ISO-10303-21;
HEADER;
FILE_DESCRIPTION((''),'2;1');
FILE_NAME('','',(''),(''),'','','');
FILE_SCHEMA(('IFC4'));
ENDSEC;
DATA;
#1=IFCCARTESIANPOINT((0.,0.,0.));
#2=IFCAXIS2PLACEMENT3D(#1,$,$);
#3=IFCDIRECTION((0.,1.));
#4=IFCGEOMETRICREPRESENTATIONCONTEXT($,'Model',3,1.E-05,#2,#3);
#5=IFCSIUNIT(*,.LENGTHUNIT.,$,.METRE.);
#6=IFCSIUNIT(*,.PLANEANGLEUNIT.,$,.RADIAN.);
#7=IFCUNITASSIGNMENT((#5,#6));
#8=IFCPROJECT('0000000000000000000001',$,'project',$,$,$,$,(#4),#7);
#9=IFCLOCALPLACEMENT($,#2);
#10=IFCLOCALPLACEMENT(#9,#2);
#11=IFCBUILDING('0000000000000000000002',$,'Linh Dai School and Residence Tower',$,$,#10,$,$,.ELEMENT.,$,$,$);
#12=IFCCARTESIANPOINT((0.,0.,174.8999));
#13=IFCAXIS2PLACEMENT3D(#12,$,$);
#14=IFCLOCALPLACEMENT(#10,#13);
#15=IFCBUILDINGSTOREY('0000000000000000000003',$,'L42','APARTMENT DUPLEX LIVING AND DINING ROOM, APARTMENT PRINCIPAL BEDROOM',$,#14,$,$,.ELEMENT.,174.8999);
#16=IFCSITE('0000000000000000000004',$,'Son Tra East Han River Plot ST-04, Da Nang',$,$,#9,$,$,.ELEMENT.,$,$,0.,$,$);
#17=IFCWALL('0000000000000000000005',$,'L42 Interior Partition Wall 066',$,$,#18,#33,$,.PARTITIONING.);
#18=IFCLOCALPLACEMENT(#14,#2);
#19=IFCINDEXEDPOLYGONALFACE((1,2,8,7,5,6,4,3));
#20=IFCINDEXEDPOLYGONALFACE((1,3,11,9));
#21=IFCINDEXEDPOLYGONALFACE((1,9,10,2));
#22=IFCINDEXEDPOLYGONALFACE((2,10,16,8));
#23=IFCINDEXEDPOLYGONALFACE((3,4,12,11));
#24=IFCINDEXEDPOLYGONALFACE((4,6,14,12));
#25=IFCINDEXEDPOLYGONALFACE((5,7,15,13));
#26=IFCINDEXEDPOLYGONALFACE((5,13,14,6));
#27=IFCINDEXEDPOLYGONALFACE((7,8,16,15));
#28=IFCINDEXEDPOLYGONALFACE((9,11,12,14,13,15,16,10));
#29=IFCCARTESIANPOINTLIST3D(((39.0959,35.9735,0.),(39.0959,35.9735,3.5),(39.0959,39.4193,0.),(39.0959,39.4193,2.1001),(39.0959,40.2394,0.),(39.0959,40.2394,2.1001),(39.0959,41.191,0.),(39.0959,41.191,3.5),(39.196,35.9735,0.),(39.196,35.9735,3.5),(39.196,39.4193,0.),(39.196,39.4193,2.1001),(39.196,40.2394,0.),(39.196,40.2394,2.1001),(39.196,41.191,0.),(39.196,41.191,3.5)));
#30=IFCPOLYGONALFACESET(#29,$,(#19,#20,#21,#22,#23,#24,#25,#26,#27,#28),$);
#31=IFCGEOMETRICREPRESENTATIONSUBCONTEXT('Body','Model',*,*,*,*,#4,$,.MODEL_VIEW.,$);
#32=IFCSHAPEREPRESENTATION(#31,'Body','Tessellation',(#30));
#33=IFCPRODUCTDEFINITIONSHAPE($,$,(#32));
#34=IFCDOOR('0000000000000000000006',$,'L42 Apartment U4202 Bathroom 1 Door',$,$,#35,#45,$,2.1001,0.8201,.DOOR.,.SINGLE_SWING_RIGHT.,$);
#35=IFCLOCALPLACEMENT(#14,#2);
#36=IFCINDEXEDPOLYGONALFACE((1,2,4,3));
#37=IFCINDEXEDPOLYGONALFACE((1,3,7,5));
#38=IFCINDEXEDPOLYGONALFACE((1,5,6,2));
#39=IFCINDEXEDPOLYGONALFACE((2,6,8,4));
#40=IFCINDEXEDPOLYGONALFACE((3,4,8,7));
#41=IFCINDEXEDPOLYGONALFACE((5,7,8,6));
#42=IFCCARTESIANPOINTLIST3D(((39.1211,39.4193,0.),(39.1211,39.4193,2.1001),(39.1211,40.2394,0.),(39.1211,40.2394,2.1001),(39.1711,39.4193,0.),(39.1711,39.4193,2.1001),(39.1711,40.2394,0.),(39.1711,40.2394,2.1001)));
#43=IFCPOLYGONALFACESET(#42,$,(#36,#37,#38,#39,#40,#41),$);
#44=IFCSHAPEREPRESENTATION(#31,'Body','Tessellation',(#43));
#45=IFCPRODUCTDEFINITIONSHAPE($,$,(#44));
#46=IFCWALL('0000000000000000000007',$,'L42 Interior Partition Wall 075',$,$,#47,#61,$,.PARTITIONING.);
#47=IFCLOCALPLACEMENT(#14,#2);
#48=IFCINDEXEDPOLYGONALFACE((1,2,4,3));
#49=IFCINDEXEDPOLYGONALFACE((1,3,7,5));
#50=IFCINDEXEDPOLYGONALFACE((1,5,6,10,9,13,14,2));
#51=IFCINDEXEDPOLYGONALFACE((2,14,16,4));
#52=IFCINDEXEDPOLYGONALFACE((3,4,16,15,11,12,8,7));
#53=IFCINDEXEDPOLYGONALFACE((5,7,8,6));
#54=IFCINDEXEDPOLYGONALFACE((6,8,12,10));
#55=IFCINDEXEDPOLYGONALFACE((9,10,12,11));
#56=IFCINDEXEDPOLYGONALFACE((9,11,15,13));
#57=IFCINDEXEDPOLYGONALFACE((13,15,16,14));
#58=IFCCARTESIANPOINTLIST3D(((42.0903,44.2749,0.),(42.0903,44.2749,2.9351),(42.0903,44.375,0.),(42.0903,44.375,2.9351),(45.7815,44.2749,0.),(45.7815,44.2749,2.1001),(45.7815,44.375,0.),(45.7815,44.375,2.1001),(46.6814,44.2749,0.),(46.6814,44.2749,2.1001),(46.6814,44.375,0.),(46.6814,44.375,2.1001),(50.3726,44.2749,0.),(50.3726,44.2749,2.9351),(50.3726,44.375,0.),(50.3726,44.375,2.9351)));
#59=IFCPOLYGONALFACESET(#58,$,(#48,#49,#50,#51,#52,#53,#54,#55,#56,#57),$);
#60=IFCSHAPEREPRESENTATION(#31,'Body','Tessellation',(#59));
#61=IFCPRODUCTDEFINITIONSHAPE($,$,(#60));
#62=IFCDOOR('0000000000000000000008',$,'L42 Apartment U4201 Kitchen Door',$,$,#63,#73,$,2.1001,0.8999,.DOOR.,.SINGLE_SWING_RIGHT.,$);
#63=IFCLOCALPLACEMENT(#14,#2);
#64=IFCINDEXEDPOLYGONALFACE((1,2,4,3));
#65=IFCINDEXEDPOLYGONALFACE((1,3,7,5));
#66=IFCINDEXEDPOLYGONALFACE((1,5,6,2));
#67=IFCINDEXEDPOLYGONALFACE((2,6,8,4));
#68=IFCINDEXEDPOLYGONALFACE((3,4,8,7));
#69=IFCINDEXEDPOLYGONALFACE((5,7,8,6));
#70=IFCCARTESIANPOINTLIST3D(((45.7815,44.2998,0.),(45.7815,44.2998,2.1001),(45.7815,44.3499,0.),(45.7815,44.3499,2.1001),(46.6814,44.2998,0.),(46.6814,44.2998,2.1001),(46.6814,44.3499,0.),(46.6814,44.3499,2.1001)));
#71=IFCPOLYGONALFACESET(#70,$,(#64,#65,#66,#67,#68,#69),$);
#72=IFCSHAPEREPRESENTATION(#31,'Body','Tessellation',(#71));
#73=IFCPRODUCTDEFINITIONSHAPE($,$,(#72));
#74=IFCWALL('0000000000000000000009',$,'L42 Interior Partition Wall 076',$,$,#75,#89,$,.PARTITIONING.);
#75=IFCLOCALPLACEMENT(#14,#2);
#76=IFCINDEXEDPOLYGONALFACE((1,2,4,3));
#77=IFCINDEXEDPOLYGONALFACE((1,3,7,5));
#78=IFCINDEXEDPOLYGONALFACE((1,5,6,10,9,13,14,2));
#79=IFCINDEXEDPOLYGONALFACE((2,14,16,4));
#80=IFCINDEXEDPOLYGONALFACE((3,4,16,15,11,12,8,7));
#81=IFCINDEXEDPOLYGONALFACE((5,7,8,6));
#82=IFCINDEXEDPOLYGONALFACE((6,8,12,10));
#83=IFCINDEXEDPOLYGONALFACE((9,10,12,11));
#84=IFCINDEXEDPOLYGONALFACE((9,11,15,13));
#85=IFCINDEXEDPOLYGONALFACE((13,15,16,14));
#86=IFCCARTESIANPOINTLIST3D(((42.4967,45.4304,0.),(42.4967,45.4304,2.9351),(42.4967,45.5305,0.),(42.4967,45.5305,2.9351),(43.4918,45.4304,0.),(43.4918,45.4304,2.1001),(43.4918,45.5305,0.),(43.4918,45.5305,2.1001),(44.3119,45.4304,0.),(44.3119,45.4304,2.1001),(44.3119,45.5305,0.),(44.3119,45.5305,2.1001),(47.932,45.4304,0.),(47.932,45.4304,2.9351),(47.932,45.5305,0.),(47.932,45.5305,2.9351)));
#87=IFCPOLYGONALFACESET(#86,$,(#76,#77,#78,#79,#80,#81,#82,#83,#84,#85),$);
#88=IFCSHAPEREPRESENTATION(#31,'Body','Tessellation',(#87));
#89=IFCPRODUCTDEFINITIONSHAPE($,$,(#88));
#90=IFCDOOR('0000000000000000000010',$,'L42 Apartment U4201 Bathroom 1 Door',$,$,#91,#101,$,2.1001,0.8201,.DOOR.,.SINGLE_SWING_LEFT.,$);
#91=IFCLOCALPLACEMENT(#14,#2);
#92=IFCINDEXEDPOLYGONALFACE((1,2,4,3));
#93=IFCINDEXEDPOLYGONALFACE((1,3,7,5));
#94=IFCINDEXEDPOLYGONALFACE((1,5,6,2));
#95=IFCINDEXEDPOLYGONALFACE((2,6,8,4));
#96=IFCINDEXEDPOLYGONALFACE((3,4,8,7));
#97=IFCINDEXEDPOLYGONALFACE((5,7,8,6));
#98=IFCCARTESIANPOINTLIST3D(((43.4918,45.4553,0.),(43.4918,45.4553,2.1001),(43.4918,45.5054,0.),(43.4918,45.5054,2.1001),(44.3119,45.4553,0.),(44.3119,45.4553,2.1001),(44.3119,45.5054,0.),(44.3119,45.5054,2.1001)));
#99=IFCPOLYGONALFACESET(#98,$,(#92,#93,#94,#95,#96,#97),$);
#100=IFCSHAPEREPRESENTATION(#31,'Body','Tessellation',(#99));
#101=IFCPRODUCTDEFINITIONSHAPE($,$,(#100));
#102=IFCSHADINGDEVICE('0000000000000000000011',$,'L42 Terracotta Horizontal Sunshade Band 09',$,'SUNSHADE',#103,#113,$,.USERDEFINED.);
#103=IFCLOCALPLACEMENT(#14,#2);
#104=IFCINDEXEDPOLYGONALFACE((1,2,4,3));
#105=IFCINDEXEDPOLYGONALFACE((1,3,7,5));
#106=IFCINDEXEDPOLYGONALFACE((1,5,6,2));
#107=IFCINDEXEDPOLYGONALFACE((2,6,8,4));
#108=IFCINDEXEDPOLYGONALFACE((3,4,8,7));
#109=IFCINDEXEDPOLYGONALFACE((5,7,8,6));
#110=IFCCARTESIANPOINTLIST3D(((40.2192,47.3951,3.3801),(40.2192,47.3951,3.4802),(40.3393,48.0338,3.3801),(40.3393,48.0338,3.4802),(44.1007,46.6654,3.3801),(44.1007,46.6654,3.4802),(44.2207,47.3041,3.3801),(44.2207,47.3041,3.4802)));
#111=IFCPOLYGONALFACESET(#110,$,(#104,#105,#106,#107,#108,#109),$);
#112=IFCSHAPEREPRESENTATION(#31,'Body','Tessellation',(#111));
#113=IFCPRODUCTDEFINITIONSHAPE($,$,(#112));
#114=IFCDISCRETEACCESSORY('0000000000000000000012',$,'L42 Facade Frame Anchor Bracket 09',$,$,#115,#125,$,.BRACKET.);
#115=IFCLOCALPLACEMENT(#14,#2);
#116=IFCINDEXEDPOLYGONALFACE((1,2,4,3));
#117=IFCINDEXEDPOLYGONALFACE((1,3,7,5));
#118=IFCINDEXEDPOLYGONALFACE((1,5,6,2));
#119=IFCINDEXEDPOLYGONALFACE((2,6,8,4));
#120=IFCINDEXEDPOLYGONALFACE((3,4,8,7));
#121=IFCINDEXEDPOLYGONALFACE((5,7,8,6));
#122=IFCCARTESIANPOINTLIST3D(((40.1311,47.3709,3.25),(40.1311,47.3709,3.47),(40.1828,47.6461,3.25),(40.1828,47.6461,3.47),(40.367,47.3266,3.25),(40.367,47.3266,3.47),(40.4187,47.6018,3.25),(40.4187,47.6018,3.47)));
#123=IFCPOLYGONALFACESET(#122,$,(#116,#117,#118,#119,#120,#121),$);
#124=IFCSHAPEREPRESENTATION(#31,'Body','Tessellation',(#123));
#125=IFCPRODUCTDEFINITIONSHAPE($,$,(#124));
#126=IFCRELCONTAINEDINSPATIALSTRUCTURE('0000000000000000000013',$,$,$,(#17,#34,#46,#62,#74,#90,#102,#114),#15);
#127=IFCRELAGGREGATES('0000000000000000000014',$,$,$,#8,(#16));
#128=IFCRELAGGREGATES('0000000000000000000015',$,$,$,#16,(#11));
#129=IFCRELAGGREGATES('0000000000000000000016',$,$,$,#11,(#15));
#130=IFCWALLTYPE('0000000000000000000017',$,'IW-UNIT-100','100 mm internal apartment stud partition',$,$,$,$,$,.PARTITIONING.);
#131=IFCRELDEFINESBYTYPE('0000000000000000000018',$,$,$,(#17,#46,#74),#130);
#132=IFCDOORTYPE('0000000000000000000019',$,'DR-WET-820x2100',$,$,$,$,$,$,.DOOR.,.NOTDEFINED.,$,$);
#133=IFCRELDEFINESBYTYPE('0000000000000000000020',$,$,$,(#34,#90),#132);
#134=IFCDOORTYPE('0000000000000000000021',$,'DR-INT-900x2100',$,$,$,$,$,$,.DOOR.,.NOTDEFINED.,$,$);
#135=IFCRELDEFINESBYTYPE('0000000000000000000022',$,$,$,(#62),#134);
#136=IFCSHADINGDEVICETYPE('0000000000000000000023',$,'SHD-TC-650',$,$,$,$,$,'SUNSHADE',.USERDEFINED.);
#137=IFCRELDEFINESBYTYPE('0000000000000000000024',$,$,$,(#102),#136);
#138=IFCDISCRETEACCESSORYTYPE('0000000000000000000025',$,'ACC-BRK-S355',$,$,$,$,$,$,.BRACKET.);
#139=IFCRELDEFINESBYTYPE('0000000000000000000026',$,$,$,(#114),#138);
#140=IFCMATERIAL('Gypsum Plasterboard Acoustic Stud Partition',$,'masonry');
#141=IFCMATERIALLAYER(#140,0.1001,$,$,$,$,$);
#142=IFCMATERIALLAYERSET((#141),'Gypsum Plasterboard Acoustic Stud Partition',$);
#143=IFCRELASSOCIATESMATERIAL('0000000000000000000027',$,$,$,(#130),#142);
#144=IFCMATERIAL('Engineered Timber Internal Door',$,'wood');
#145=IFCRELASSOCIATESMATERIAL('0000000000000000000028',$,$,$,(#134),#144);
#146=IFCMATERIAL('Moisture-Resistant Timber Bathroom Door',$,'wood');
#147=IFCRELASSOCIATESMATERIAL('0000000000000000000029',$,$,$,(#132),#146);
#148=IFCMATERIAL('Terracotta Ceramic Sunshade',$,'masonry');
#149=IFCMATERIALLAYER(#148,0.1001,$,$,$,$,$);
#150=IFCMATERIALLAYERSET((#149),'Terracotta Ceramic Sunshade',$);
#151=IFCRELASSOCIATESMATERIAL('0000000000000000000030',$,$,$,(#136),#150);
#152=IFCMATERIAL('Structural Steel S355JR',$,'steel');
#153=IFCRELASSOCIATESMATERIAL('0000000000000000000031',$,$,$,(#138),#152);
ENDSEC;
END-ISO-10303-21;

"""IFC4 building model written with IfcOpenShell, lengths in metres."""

from ifc_helpers import new_model, si_unit, direction, frame, frame_2d, origin, origin_2d, place, context, subcontext, project, spatial, rectangle, extrude, source, transform, mapped, material, layer, layer_set, type_object, element, fill, save


model = new_model("IFC4")

# Units and contexts
model_context = context("Model", 3, precision=1e-05, world=origin(), true_north=direction((0.0, 1.0)))
body_context = subcontext(model_context, "Body", "Model", "MODEL_VIEW")
ifc_project = project(units=[si_unit("LENGTHUNIT", "METRE"), si_unit("PLANEANGLEUNIT", "RADIAN")], contexts=[model_context])

# Site, building, storey
site_placement = place(None, origin())
site = spatial("IfcSite", under=ifc_project, at=site_placement, Name="Son Tra East Han River Plot ST-04, Da Nang", CompositionType="ELEMENT", RefElevation=0.0)
building_placement = place(site_placement, origin())
building = spatial("IfcBuilding", under=site, at=building_placement, Name="Linh Dai School and Residence Tower", CompositionType="ELEMENT")
storey_placement = place(building_placement, frame((0.0, 0.0, 174.8999)))
storey = spatial("IfcBuildingStorey", under=building, at=storey_placement, Name="L42", Description="APARTMENT DUPLEX LIVING AND DINING ROOM, APARTMENT PRINCIPAL BEDROOM", CompositionType="ELEMENT", Elevation=174.8999)

# Shared definitions
ifc_material_1 = material(Name="Structural Steel S355JR", Category="steel")

# Shared definitions
ifc_material_2 = material(Name="Gypsum Plasterboard Acoustic Stud Partition", Category="masonry")
ifc_layer_1 = layer(ifc_material_2, 0.1001)
ifc_layer_set_1 = layer_set([ifc_layer_1], Name="Gypsum Plasterboard Acoustic Stud Partition")
wall_type_1 = type_object("IfcWallType", Name="IW-UNIT-100", Description="100 mm internal apartment stud partition", PredefinedType="PARTITIONING", material=ifc_layer_set_1)
ifc_material_3 = material(Name="Engineered Timber Internal Door", Category="wood")
door_type_1 = type_object("IfcDoorType", Name="DR-INT-900x2100", OperationType="NOTDEFINED", PredefinedType="DOOR", material=ifc_material_3)
shared_shape_1 = source(origin(), body_context, "Body", "SweptSolid", [
    extrude(rectangle(XDim=0.8999, YDim=2.1001, at=origin_2d()), frame((0.45, 0.0249, 1.05), z_axis=(0.0, -1.0, 0.0), x_axis=(1.0, 0.0, 0.0)), (0.0, 0.0, 1.0), 0.05),
])

# Walls, openings, doors
wall_1_placement = place(storey_placement, frame((39.146, 35.9734, 0.0), z_axis=(0.0, 0.0, 1.0), x_axis=(0.0, 1.0, 0.0)))
wall_1 = element("IfcWall", 1, at=wall_1_placement, inside=storey, type_object=wall_type_1, Name="L42 Interior Partition Wall 066", PredefinedType="PARTITIONING", context=body_context, shape_type="SweptSolid", body=[
    extrude(rectangle(XDim=5.2175, YDim=0.1001, at=frame_2d((2.6089, 0.0))), origin(), (0.0, 0.0, 1.0), 3.5),
])
opening_1_placement = place(wall_1_placement, frame((3.4458, 0.0, 0.0)))
opening_1 = element("IfcOpeningElement", 2, at=opening_1_placement, cuts=wall_1, PredefinedType="OPENING", context=body_context, shape_type="SweptSolid", body=[
    extrude(rectangle(XDim=0.8201, YDim=2.1001, at=origin_2d()), frame((0.4102, 0.0601, 1.05), z_axis=(0.0, -1.0, 0.0), x_axis=(1.0, 0.0, 0.0)), (0.0, 0.0, 1.0), 0.1201),
])
ifc_material_4 = material(Name="Moisture-Resistant Timber Bathroom Door", Category="wood")
door_type_2 = type_object("IfcDoorType", Name="DR-WET-820x2100", OperationType="NOTDEFINED", PredefinedType="DOOR", material=ifc_material_4)
shared_shape_2 = source(origin(), body_context, "Body", "SweptSolid", [
    extrude(rectangle(XDim=0.8201, YDim=2.1001, at=origin_2d()), frame((0.4102, 0.0249, 1.05), z_axis=(0.0, -1.0, 0.0), x_axis=(1.0, 0.0, 0.0)), (0.0, 0.0, 1.0), 0.05),
])
door_1_placement = place(opening_1_placement, origin())
door_1 = element("IfcDoor", 3, at=door_1_placement, inside=storey, type_object=door_type_2, Name="L42 Apartment U4202 Bathroom 1 Door", OperationType="SINGLE_SWING_RIGHT", OverallHeight=2.1001, OverallWidth=0.8201, PredefinedType="DOOR", context=body_context, shape_type="MappedRepresentation", body=[
    mapped(shared_shape_2, transform((0.0, 0.0, 0.0), x_axis=(1.0, 0.0, 0.0), y_axis=(0.0, 1.0, 0.0), z_axis=(0.0, 0.0, 1.0), scale=1.0)),
])
fill(opening_1, door_1)
wall_2_placement = place(storey_placement, frame((42.0903, 44.325, 0.0), z_axis=(0.0, 0.0, 1.0), x_axis=(1.0, 0.0, 0.0)))
wall_2 = element("IfcWall", 4, at=wall_2_placement, inside=storey, type_object=wall_type_1, Name="L42 Interior Partition Wall 075", PredefinedType="PARTITIONING", context=body_context, shape_type="SweptSolid", body=[
    extrude(rectangle(XDim=8.2822, YDim=0.1001, at=frame_2d((4.1411, 0.0))), origin(), (0.0, 0.0, 1.0), 2.9351),
])
opening_2_placement = place(wall_2_placement, frame((3.6912, 0.0, 0.0)))
opening_2 = element("IfcOpeningElement", 5, at=opening_2_placement, cuts=wall_2, PredefinedType="OPENING", context=body_context, shape_type="SweptSolid", body=[
    extrude(rectangle(XDim=0.8999, YDim=2.1001, at=origin_2d()), frame((0.45, 0.0601, 1.05), z_axis=(0.0, -1.0, 0.0), x_axis=(1.0, 0.0, 0.0)), (0.0, 0.0, 1.0), 0.1201),
])
door_2_placement = place(opening_2_placement, origin())
door_2 = element("IfcDoor", 6, at=door_2_placement, inside=storey, type_object=door_type_1, Name="L42 Apartment U4201 Kitchen Door", OperationType="SINGLE_SWING_RIGHT", OverallHeight=2.1001, OverallWidth=0.8999, PredefinedType="DOOR", context=body_context, shape_type="MappedRepresentation", body=[
    mapped(shared_shape_1, transform((0.0, 0.0, 0.0), x_axis=(1.0, 0.0, 0.0), y_axis=(0.0, 1.0, 0.0), z_axis=(0.0, 0.0, 1.0), scale=1.0)),
])
fill(opening_2, door_2)
wall_3_placement = place(storey_placement, frame((42.4966, 45.4805, 0.0), z_axis=(0.0, 0.0, 1.0), x_axis=(1.0, 0.0, 0.0)))
wall_3 = element("IfcWall", 7, at=wall_3_placement, inside=storey, type_object=wall_type_1, Name="L42 Interior Partition Wall 076", PredefinedType="PARTITIONING", context=body_context, shape_type="SweptSolid", body=[
    extrude(rectangle(XDim=5.4353, YDim=0.1001, at=frame_2d((2.7178, 0.0))), origin(), (0.0, 0.0, 1.0), 2.9351),
])
opening_3_placement = place(wall_3_placement, frame((0.9951, 0.0, 0.0)))
opening_3 = element("IfcOpeningElement", 8, at=opening_3_placement, cuts=wall_3, PredefinedType="OPENING", context=body_context, shape_type="SweptSolid", body=[
    extrude(rectangle(XDim=0.8201, YDim=2.1001, at=origin_2d()), frame((0.4102, 0.0601, 1.05), z_axis=(0.0, -1.0, 0.0), x_axis=(1.0, 0.0, 0.0)), (0.0, 0.0, 1.0), 0.1201),
])
door_3_placement = place(opening_3_placement, origin())
door_3 = element("IfcDoor", 9, at=door_3_placement, inside=storey, type_object=door_type_2, Name="L42 Apartment U4201 Bathroom 1 Door", OperationType="SINGLE_SWING_LEFT", OverallHeight=2.1001, OverallWidth=0.8201, PredefinedType="DOOR", context=body_context, shape_type="MappedRepresentation", body=[
    mapped(shared_shape_2, transform((0.0, 0.0, 0.0), x_axis=(1.0, 0.0, 0.0), y_axis=(0.0, 1.0, 0.0), z_axis=(0.0, 0.0, 1.0), scale=1.0)),
])
fill(opening_3, door_3)

# Shading device
ifc_material_5 = material(Name="Terracotta Ceramic Sunshade", Category="masonry")
ifc_layer_2 = layer(ifc_material_5, 0.1001)
ifc_layer_set_2 = layer_set([ifc_layer_2], Name="Terracotta Ceramic Sunshade")
shading_device_type = type_object("IfcShadingDeviceType", Name="SHD-TC-650", ElementType="SUNSHADE", PredefinedType="USERDEFINED", material=ifc_layer_set_2)
shared_shape_3 = source(origin(), body_context, "Body", "SweptSolid", [
    extrude(rectangle(XDim=3.9495, YDim=0.6499, at=origin_2d()), origin(), (0.0, 0.0, 1.0), 0.1001),
])
shading_device_placement = place(storey_placement, frame((42.22, 47.3496, 3.3801), z_axis=(0.0, 0.0, 1.0), x_axis=(0.982783, -0.184763, 0.0)))
element("IfcShadingDevice", 10, at=shading_device_placement, inside=storey, type_object=shading_device_type, Name="L42 Terracotta Horizontal Sunshade Band 09", ObjectType="SUNSHADE", PredefinedType="USERDEFINED", context=body_context, shape_type="MappedRepresentation", body=[
    mapped(shared_shape_3, transform((0.0, 0.0, 0.0), x_axis=(1.0, 0.0, 0.0), y_axis=(0.0, 1.0, 0.0), z_axis=(0.0, 0.0, 1.0), scale=1.0)),
])

# Discrete accessory
discrete_accessory_type = type_object("IfcDiscreteAccessoryType", Name="ACC-BRK-S355", PredefinedType="BRACKET", material=ifc_material_1)
shared_shape_4 = source(origin(), body_context, "Body", "SweptSolid", [
    extrude(rectangle(XDim=0.28, YDim=0.24, at=origin_2d()), origin(), (0.0, 0.0, 1.0), 0.22),
])
discrete_accessory_placement = place(storey_placement, frame((40.2749, 47.4863, 3.25), z_axis=(0.0, 0.0, 1.0), x_axis=(0.184763, 0.982783, 0.0)))
element("IfcDiscreteAccessory", 11, at=discrete_accessory_placement, inside=storey, type_object=discrete_accessory_type, Name="L42 Facade Frame Anchor Bracket 09", PredefinedType="BRACKET", context=body_context, shape_type="MappedRepresentation", body=[
    mapped(shared_shape_4, transform((0.0, 0.0, 0.0), x_axis=(1.0, 0.0, 0.0), y_axis=(0.0, 1.0, 0.0), z_axis=(0.0, 0.0, 1.0), scale=1.0)),
])

save(model, "model.ifc")
